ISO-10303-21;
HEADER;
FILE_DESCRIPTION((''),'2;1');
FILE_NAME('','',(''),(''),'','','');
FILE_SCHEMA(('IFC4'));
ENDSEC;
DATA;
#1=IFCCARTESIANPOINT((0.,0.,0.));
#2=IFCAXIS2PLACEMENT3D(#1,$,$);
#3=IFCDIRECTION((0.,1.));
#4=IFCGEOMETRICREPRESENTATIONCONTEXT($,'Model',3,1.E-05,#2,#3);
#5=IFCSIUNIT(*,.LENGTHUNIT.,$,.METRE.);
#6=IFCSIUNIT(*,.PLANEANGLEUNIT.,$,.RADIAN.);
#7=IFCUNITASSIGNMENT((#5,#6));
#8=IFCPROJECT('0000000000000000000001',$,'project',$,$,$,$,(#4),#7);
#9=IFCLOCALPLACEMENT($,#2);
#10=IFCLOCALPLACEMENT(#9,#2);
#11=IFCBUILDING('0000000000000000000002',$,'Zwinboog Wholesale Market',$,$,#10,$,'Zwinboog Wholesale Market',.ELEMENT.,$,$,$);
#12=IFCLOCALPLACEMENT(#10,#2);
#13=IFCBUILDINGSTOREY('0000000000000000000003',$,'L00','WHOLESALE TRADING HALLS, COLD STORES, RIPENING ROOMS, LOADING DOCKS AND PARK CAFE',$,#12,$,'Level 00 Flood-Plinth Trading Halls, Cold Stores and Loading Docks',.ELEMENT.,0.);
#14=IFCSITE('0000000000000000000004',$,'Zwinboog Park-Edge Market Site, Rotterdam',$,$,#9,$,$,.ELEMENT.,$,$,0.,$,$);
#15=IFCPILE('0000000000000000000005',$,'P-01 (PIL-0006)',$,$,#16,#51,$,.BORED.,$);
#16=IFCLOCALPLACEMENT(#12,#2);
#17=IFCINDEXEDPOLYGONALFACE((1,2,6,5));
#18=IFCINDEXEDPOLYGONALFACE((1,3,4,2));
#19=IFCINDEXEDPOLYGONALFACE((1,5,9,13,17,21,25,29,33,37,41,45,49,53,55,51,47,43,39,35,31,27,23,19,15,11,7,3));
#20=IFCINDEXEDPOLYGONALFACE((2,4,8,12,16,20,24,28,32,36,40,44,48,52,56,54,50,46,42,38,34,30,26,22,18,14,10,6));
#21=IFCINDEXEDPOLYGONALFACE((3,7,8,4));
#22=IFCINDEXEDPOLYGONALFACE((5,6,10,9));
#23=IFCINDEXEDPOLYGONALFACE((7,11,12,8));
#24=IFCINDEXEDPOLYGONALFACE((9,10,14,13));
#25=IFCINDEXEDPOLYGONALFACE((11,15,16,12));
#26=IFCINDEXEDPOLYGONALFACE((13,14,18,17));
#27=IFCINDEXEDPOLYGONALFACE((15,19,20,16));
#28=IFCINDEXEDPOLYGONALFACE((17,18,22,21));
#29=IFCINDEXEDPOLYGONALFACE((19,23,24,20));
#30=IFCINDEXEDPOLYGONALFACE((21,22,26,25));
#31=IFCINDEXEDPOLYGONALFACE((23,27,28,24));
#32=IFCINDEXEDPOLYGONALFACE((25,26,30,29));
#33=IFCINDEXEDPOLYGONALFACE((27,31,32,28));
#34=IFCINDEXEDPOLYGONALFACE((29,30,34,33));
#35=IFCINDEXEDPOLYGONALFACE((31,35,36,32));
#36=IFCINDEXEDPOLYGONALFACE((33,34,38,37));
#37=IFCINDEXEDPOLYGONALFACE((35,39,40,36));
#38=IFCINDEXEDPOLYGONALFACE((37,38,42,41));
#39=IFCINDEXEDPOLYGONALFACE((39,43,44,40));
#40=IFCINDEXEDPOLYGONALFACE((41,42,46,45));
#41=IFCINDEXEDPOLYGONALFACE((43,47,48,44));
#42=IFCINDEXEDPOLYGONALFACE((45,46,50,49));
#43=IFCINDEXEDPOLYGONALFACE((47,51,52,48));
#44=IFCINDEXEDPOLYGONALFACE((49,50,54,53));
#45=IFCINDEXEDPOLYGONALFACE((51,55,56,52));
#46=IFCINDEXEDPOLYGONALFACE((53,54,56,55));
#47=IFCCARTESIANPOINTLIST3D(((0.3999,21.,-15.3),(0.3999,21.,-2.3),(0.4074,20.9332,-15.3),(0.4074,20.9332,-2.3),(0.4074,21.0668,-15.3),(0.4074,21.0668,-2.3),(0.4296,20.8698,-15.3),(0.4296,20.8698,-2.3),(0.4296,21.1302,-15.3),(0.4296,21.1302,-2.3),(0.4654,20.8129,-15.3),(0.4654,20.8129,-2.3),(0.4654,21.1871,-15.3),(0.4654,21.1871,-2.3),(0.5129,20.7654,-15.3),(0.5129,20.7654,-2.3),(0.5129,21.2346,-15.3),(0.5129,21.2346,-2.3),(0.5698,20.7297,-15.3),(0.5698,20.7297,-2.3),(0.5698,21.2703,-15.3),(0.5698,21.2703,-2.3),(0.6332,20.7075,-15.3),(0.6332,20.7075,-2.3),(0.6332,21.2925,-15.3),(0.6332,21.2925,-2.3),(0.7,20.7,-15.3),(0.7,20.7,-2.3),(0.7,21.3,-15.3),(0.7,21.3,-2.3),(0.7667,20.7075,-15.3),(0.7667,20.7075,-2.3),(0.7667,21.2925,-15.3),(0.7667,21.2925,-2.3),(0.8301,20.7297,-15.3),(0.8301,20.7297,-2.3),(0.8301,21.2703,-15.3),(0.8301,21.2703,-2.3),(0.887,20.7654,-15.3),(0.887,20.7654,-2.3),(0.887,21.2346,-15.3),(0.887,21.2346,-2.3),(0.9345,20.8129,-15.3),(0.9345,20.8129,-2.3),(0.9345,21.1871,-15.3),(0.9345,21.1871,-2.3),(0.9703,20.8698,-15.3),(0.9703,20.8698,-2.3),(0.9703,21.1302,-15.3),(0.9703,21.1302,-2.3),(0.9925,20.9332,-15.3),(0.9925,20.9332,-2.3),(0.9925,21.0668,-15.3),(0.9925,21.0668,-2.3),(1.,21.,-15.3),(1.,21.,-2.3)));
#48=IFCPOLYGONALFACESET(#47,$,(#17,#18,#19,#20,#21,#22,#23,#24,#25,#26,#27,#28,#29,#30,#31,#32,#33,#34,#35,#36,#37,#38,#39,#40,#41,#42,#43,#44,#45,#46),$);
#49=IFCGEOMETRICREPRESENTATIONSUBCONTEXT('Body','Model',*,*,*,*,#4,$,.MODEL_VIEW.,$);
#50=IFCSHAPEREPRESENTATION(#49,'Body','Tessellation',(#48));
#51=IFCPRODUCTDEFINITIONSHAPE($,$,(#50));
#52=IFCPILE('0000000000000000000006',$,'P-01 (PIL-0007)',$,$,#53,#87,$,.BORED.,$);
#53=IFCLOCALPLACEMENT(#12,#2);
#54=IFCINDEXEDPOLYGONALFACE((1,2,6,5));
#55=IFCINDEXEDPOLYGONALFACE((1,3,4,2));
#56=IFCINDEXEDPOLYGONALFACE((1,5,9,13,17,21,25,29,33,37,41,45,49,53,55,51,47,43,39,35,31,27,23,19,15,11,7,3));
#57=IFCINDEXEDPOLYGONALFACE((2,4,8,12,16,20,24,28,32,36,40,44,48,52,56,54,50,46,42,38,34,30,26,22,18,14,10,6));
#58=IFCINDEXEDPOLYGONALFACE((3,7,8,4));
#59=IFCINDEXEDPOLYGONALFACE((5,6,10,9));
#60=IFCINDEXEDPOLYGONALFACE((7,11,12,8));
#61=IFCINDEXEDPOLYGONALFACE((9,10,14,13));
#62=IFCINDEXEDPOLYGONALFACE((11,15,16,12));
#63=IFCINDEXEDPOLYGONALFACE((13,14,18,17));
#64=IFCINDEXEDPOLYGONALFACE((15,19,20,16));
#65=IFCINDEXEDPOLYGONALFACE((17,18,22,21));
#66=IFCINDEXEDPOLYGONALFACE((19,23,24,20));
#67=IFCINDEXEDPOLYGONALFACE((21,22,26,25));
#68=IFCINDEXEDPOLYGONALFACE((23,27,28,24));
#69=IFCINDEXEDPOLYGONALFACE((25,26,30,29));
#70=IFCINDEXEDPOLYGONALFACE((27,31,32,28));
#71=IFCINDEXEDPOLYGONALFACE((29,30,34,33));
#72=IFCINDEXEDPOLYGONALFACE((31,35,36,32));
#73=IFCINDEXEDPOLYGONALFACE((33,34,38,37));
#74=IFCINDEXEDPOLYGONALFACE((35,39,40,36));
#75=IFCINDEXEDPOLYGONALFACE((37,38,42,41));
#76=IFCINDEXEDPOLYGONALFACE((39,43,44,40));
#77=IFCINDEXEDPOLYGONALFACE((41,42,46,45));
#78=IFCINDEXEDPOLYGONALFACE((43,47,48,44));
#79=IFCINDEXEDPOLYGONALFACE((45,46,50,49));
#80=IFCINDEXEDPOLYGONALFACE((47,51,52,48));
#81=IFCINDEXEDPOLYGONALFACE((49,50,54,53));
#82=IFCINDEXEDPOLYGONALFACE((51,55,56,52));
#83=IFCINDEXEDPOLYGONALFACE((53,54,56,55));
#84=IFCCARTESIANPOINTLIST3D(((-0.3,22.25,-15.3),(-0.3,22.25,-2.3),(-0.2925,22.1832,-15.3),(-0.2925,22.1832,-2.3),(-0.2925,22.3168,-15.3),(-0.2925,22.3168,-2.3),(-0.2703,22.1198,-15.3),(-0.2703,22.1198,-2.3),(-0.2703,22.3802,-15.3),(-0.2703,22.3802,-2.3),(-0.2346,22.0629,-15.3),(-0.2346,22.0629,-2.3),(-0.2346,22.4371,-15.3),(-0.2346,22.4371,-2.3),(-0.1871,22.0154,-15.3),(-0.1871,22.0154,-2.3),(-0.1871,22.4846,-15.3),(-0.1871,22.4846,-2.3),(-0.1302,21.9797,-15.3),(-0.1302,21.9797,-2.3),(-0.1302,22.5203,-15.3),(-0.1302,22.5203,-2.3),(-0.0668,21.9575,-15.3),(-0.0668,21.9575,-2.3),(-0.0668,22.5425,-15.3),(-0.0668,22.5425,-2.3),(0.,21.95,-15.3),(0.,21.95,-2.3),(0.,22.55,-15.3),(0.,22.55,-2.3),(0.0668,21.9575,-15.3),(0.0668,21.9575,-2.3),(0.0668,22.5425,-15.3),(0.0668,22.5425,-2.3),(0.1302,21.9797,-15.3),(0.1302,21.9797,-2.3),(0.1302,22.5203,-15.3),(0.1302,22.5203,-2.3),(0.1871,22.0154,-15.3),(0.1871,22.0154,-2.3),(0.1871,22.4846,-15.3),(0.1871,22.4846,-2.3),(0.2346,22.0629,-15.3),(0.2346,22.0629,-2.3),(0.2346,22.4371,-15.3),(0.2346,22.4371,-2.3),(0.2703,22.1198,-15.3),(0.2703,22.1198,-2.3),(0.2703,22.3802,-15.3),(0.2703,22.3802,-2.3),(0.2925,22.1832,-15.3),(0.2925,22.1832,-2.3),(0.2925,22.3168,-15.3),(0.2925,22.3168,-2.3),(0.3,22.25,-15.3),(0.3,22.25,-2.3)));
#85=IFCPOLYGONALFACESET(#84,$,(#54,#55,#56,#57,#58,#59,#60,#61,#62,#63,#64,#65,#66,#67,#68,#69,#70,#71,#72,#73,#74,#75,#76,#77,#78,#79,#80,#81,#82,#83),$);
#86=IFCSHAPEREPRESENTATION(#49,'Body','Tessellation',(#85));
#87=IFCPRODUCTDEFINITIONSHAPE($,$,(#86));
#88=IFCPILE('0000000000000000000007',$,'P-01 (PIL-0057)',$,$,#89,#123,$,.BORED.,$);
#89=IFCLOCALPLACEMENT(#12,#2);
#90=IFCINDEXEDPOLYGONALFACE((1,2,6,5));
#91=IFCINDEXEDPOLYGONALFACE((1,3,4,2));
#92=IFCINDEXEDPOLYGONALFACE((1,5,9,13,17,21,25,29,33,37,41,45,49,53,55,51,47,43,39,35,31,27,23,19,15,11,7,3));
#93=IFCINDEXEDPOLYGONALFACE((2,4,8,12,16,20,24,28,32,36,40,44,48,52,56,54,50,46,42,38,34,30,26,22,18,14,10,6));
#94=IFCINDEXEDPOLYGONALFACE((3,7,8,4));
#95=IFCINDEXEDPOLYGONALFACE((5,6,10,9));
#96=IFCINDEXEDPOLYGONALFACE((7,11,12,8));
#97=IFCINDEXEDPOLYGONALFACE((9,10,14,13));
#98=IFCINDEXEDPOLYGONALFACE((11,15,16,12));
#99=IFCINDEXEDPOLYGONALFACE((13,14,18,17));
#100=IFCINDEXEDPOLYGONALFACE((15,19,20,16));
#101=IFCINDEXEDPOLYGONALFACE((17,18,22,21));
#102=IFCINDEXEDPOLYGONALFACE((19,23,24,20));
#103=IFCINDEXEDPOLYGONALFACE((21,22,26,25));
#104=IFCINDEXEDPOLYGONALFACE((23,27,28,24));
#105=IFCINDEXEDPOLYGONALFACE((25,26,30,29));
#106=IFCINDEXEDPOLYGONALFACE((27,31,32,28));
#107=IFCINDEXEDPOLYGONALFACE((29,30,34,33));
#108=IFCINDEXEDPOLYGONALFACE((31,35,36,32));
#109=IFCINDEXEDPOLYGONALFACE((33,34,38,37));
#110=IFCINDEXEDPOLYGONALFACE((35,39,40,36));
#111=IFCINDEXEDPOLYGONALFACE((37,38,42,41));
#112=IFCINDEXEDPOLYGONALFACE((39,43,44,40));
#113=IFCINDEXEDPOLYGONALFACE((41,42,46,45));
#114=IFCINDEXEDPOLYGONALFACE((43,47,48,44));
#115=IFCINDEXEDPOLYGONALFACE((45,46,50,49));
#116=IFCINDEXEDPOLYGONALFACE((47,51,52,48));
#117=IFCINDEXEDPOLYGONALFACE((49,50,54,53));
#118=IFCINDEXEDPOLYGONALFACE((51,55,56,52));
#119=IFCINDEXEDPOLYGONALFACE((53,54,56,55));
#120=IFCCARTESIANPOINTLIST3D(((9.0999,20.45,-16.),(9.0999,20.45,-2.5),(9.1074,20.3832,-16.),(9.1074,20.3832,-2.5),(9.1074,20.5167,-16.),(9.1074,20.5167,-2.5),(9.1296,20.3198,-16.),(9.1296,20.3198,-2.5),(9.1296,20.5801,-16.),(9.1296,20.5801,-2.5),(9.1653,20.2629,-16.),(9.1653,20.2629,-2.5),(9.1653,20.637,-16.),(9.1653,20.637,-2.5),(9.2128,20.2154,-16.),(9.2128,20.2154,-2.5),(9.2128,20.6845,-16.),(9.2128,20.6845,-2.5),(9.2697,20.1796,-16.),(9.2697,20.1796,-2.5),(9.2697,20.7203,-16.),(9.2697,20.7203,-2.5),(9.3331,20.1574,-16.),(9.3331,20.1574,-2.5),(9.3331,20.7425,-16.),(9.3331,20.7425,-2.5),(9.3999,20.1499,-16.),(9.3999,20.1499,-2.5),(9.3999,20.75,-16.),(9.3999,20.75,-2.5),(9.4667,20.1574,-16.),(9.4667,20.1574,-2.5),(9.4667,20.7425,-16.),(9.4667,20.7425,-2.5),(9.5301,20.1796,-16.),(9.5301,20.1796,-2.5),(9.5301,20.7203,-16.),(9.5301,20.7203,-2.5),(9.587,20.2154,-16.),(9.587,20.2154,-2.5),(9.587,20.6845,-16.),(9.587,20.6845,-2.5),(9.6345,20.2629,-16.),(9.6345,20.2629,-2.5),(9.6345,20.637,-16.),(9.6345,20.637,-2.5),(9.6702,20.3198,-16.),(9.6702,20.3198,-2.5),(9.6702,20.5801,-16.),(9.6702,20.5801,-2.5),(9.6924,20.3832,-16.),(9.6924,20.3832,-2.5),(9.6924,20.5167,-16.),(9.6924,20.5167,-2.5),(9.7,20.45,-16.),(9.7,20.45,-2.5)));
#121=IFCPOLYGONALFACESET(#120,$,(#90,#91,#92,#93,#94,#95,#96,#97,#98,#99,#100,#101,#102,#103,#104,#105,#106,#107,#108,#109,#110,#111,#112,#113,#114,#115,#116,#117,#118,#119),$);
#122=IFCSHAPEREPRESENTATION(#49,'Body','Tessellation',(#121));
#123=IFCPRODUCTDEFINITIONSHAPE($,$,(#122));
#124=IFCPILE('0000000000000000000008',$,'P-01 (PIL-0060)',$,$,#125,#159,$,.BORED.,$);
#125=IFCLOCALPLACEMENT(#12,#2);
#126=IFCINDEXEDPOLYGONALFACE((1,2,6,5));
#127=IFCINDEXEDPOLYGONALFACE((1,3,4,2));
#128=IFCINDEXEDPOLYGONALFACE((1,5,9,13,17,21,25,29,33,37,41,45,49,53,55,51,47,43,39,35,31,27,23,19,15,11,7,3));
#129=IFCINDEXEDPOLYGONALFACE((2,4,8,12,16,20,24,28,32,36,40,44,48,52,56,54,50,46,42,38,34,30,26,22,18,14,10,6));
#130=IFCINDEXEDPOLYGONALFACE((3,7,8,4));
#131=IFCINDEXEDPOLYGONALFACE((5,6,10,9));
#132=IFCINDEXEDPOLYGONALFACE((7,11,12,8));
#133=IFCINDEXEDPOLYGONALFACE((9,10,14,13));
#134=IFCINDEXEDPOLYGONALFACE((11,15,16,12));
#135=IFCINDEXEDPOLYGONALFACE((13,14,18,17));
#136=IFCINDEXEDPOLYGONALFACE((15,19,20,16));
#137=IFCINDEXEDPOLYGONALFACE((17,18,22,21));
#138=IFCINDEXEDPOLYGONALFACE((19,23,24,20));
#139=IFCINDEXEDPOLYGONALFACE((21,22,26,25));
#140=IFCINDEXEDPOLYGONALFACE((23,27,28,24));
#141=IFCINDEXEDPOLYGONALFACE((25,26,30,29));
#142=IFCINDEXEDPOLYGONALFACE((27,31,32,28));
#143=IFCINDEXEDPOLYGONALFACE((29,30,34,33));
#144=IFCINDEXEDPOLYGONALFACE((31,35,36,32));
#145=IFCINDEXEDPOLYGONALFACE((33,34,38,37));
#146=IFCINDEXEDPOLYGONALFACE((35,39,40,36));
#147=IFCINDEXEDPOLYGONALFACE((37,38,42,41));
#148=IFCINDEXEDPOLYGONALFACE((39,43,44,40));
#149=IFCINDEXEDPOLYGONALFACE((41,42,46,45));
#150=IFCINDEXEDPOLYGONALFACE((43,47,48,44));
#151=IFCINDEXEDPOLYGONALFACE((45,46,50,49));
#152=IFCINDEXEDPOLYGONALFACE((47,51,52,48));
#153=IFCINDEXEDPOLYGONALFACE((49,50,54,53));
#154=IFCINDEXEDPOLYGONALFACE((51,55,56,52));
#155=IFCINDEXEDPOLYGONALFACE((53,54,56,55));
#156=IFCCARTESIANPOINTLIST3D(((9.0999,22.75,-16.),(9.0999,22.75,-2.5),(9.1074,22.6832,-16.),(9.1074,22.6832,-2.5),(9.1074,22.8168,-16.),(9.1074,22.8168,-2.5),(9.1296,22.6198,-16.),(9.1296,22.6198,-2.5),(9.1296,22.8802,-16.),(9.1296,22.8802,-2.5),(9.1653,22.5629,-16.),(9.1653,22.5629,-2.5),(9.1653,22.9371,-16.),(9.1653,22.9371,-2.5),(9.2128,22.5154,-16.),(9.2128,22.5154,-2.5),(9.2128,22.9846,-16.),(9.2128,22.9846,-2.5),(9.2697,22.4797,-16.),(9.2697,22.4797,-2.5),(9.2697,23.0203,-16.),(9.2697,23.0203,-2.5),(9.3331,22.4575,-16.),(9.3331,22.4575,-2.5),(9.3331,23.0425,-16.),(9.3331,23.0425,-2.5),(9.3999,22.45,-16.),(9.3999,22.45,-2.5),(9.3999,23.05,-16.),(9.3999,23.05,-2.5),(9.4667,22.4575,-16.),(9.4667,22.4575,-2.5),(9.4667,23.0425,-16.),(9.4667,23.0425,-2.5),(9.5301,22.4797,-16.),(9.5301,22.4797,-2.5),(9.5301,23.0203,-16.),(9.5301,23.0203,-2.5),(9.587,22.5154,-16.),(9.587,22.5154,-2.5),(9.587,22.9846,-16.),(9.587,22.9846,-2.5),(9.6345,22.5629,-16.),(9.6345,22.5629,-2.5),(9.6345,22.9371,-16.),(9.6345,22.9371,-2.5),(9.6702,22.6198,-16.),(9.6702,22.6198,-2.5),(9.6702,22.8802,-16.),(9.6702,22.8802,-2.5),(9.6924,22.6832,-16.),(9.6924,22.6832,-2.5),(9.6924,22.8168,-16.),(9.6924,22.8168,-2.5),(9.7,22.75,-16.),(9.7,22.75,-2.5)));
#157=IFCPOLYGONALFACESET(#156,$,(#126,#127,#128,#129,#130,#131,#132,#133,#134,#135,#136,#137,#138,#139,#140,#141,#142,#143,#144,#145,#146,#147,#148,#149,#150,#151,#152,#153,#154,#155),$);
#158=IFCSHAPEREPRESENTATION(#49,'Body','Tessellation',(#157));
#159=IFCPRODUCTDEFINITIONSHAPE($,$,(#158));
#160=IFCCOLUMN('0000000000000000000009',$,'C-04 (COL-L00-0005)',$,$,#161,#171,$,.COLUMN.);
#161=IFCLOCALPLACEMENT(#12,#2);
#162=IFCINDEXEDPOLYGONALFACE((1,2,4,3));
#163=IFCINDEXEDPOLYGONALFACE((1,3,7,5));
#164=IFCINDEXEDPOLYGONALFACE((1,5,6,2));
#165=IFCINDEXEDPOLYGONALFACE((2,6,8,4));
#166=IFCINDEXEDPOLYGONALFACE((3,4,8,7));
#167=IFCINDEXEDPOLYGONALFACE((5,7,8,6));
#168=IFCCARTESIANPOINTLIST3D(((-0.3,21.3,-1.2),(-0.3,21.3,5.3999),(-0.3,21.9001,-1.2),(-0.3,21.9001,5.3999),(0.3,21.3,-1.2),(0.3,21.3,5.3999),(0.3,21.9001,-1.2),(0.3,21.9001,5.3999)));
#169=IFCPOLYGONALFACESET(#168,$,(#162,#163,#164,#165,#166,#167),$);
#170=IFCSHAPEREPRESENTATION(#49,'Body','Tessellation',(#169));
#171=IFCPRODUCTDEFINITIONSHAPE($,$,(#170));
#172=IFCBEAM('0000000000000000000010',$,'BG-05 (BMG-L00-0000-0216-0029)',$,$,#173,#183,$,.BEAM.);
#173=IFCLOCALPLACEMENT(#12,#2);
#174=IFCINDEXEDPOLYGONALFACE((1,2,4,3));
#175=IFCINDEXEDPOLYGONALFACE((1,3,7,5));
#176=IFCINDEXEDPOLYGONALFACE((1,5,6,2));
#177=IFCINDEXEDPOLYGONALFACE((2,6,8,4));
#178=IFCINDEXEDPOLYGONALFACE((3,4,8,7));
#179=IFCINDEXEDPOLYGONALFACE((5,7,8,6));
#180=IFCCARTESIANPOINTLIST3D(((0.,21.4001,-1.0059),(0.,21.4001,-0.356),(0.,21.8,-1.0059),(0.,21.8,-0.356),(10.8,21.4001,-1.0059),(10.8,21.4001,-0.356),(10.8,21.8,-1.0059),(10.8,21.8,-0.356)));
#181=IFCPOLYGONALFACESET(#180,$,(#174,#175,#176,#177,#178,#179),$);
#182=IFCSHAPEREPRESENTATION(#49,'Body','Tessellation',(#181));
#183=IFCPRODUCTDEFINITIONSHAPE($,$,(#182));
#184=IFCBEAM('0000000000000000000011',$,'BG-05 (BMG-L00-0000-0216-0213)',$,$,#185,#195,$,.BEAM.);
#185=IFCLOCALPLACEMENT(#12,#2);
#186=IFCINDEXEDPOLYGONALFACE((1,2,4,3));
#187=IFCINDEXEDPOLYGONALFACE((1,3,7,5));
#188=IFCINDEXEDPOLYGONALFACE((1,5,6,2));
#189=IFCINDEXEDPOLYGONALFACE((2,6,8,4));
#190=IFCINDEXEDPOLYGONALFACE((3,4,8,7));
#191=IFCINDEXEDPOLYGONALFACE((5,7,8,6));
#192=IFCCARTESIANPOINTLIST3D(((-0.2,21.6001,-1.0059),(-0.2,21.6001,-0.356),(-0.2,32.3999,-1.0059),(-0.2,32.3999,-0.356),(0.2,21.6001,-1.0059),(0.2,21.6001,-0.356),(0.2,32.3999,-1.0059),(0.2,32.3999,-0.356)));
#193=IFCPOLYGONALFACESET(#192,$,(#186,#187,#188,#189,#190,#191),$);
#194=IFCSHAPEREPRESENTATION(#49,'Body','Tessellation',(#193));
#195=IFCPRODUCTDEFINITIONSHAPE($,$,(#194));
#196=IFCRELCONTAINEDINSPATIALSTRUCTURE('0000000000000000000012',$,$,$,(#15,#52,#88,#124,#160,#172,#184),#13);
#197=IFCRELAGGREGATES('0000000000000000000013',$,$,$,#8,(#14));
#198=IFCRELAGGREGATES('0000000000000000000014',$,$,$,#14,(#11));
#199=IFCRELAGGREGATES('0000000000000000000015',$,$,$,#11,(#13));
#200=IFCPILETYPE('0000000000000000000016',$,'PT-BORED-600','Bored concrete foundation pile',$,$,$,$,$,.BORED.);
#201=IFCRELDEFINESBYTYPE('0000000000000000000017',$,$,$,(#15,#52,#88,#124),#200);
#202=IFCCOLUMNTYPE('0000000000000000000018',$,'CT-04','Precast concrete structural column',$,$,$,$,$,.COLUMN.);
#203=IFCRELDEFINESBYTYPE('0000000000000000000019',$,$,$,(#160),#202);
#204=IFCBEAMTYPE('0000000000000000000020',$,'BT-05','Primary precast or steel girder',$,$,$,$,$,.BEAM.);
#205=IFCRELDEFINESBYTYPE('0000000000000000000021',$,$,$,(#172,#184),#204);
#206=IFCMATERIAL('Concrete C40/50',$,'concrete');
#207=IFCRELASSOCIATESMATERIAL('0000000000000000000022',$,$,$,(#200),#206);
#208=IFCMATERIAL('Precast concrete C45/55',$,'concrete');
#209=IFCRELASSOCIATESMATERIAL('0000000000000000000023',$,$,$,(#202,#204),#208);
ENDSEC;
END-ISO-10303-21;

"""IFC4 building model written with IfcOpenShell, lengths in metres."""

from ifc_helpers import new_model, si_unit, direction, frame, origin, origin_2d, place, context, subcontext, project, spatial, rectangle, circle, extrude, material, material_profile, profile_set, type_object, element, save


model = new_model("IFC4")

# Units and contexts
model_context = context("Model", 3, precision=1e-05, world=origin(), true_north=direction((0.0, 1.0)))
body_context = subcontext(model_context, "Body", "Model", "MODEL_VIEW")
ifc_project = project(units=[si_unit("LENGTHUNIT", "METRE"), si_unit("PLANEANGLEUNIT", "RADIAN")], contexts=[model_context])

# Site, building, storey
site_placement = place(None, origin())
site = spatial("IfcSite", under=ifc_project, at=site_placement, Name="Zwinboog Park-Edge Market Site, Rotterdam", CompositionType="ELEMENT", RefElevation=0.0)
building_placement = place(site_placement, origin())
building = spatial("IfcBuilding", under=site, at=building_placement, Name="Zwinboog Wholesale Market", LongName="Zwinboog Wholesale Market", CompositionType="ELEMENT")
storey_placement = place(building_placement, origin())
storey = spatial("IfcBuildingStorey", under=building, at=storey_placement, Name="L00", Description="WHOLESALE TRADING HALLS, COLD STORES, RIPENING ROOMS, LOADING DOCKS AND PARK CAFE", LongName="Level 00 Flood-Plinth Trading Halls, Cold Stores and Loading Docks", CompositionType="ELEMENT", Elevation=0.0)

# Piles
ifc_material_1 = material(Name="Concrete C40/50", Category="concrete")
ifc_material_profile_1 = material_profile(ifc_material_1, circle(Radius=0.3, at=origin_2d()), Name="PILE D600")
ifc_profile_set_1 = profile_set([ifc_material_profile_1], Name="Concrete C40/50")
pile_type = type_object("IfcPileType", Name="PT-BORED-600", Description="Bored concrete foundation pile", PredefinedType="BORED", material=ifc_profile_set_1)
for number, where, z_axis, x_axis, name in (
    (1, (0.7, 21.0, -2.3), (0.0, 0.0, -1.0), (1.0, 0.0, 0.0), "P-01 (PIL-0006)"),
    (2, (0.0, 22.25, -2.3), (0.0, 0.0, -1.0), (1.0, 0.0, 0.0), "P-01 (PIL-0007)"),
):
    element("IfcPile", number, at=place(storey_placement, frame(where, z_axis=z_axis, x_axis=x_axis)), inside=storey, type_object=pile_type, Name=name, PredefinedType="BORED", context=body_context, shape_type="SweptSolid", body=[
        extrude(circle(Radius=0.3, at=origin_2d()), origin(), (0.0, 0.0, 1.0), 13.0),
    ])
for number, where, z_axis, x_axis, name in (
    (3, (9.3999, 20.45, -2.5), (0.0, 0.0, -1.0), (1.0, 0.0, 0.0), "P-01 (PIL-0057)"),
    (4, (9.3999, 22.75, -2.5), (0.0, 0.0, -1.0), (1.0, 0.0, 0.0), "P-01 (PIL-0060)"),
):
    element("IfcPile", number, at=place(storey_placement, frame(where, z_axis=z_axis, x_axis=x_axis)), inside=storey, type_object=pile_type, Name=name, PredefinedType="BORED", context=body_context, shape_type="SweptSolid", body=[
        extrude(circle(Radius=0.3, at=origin_2d()), origin(), (0.0, 0.0, 1.0), 13.5),
    ])

# Column
ifc_material_2 = material(Name="Precast concrete C45/55", Category="concrete")
ifc_material_profile_2 = material_profile(ifc_material_2, rectangle(XDim=0.6001, YDim=0.6001, at=origin_2d()), Name="PC 600x600")
ifc_profile_set_2 = profile_set([ifc_material_profile_2], Name="Precast concrete C45/55")
column_type = type_object("IfcColumnType", Name="CT-04", Description="Precast concrete structural column", PredefinedType="COLUMN", material=ifc_profile_set_2)
column_placement = place(storey_placement, frame((0.0, 21.6001, -1.2), z_axis=(0.0, 0.0, 1.0), x_axis=(1.0, 0.0, 0.0)))
element("IfcColumn", 5, at=column_placement, inside=storey, type_object=column_type, Name="C-04 (COL-L00-0005)", PredefinedType="COLUMN", context=body_context, shape_type="SweptSolid", body=[
    extrude(rectangle(XDim=0.6001, YDim=0.6001, at=origin_2d()), origin(), (0.0, 0.0, 1.0), 6.5999),
])

# Beams
ifc_material_profile_3 = material_profile(ifc_material_2, rectangle(XDim=0.3999, YDim=0.6499, at=origin_2d()), Name="PC 400x650")
ifc_profile_set_3 = profile_set([ifc_material_profile_3], Name="Precast concrete C45/55")
beam_type_1 = type_object("IfcBeamType", Name="BT-05", Description="Primary precast or steel girder", PredefinedType="BEAM", material=ifc_profile_set_3)
beam_1_placement = place(storey_placement, frame((0.0, 21.6001, -0.6809), z_axis=(1.0, 0.0, 0.0), x_axis=(0.0, 1.0, 0.0)))
element("IfcBeam", 6, at=beam_1_placement, inside=storey, type_object=beam_type_1, Name="BG-05 (BMG-L00-0000-0216-0029)", PredefinedType="BEAM", context=body_context, shape_type="SweptSolid", body=[
    extrude(rectangle(XDim=0.3999, YDim=0.6499, at=origin_2d()), origin(), (0.0, 0.0, 1.0), 10.8),
])
beam_2_placement = place(storey_placement, frame((0.0, 21.6001, -0.6809), z_axis=(0.0, 1.0, 0.0), x_axis=(-1.0, 0.0, 0.0)))
element("IfcBeam", 7, at=beam_2_placement, inside=storey, type_object=beam_type_1, Name="BG-05 (BMG-L00-0000-0216-0213)", PredefinedType="BEAM", context=body_context, shape_type="SweptSolid", body=[
    extrude(rectangle(XDim=0.3999, YDim=0.6499, at=origin_2d()), origin(), (0.0, 0.0, 1.0), 10.7998),
])

save(model, "model.ifc")
